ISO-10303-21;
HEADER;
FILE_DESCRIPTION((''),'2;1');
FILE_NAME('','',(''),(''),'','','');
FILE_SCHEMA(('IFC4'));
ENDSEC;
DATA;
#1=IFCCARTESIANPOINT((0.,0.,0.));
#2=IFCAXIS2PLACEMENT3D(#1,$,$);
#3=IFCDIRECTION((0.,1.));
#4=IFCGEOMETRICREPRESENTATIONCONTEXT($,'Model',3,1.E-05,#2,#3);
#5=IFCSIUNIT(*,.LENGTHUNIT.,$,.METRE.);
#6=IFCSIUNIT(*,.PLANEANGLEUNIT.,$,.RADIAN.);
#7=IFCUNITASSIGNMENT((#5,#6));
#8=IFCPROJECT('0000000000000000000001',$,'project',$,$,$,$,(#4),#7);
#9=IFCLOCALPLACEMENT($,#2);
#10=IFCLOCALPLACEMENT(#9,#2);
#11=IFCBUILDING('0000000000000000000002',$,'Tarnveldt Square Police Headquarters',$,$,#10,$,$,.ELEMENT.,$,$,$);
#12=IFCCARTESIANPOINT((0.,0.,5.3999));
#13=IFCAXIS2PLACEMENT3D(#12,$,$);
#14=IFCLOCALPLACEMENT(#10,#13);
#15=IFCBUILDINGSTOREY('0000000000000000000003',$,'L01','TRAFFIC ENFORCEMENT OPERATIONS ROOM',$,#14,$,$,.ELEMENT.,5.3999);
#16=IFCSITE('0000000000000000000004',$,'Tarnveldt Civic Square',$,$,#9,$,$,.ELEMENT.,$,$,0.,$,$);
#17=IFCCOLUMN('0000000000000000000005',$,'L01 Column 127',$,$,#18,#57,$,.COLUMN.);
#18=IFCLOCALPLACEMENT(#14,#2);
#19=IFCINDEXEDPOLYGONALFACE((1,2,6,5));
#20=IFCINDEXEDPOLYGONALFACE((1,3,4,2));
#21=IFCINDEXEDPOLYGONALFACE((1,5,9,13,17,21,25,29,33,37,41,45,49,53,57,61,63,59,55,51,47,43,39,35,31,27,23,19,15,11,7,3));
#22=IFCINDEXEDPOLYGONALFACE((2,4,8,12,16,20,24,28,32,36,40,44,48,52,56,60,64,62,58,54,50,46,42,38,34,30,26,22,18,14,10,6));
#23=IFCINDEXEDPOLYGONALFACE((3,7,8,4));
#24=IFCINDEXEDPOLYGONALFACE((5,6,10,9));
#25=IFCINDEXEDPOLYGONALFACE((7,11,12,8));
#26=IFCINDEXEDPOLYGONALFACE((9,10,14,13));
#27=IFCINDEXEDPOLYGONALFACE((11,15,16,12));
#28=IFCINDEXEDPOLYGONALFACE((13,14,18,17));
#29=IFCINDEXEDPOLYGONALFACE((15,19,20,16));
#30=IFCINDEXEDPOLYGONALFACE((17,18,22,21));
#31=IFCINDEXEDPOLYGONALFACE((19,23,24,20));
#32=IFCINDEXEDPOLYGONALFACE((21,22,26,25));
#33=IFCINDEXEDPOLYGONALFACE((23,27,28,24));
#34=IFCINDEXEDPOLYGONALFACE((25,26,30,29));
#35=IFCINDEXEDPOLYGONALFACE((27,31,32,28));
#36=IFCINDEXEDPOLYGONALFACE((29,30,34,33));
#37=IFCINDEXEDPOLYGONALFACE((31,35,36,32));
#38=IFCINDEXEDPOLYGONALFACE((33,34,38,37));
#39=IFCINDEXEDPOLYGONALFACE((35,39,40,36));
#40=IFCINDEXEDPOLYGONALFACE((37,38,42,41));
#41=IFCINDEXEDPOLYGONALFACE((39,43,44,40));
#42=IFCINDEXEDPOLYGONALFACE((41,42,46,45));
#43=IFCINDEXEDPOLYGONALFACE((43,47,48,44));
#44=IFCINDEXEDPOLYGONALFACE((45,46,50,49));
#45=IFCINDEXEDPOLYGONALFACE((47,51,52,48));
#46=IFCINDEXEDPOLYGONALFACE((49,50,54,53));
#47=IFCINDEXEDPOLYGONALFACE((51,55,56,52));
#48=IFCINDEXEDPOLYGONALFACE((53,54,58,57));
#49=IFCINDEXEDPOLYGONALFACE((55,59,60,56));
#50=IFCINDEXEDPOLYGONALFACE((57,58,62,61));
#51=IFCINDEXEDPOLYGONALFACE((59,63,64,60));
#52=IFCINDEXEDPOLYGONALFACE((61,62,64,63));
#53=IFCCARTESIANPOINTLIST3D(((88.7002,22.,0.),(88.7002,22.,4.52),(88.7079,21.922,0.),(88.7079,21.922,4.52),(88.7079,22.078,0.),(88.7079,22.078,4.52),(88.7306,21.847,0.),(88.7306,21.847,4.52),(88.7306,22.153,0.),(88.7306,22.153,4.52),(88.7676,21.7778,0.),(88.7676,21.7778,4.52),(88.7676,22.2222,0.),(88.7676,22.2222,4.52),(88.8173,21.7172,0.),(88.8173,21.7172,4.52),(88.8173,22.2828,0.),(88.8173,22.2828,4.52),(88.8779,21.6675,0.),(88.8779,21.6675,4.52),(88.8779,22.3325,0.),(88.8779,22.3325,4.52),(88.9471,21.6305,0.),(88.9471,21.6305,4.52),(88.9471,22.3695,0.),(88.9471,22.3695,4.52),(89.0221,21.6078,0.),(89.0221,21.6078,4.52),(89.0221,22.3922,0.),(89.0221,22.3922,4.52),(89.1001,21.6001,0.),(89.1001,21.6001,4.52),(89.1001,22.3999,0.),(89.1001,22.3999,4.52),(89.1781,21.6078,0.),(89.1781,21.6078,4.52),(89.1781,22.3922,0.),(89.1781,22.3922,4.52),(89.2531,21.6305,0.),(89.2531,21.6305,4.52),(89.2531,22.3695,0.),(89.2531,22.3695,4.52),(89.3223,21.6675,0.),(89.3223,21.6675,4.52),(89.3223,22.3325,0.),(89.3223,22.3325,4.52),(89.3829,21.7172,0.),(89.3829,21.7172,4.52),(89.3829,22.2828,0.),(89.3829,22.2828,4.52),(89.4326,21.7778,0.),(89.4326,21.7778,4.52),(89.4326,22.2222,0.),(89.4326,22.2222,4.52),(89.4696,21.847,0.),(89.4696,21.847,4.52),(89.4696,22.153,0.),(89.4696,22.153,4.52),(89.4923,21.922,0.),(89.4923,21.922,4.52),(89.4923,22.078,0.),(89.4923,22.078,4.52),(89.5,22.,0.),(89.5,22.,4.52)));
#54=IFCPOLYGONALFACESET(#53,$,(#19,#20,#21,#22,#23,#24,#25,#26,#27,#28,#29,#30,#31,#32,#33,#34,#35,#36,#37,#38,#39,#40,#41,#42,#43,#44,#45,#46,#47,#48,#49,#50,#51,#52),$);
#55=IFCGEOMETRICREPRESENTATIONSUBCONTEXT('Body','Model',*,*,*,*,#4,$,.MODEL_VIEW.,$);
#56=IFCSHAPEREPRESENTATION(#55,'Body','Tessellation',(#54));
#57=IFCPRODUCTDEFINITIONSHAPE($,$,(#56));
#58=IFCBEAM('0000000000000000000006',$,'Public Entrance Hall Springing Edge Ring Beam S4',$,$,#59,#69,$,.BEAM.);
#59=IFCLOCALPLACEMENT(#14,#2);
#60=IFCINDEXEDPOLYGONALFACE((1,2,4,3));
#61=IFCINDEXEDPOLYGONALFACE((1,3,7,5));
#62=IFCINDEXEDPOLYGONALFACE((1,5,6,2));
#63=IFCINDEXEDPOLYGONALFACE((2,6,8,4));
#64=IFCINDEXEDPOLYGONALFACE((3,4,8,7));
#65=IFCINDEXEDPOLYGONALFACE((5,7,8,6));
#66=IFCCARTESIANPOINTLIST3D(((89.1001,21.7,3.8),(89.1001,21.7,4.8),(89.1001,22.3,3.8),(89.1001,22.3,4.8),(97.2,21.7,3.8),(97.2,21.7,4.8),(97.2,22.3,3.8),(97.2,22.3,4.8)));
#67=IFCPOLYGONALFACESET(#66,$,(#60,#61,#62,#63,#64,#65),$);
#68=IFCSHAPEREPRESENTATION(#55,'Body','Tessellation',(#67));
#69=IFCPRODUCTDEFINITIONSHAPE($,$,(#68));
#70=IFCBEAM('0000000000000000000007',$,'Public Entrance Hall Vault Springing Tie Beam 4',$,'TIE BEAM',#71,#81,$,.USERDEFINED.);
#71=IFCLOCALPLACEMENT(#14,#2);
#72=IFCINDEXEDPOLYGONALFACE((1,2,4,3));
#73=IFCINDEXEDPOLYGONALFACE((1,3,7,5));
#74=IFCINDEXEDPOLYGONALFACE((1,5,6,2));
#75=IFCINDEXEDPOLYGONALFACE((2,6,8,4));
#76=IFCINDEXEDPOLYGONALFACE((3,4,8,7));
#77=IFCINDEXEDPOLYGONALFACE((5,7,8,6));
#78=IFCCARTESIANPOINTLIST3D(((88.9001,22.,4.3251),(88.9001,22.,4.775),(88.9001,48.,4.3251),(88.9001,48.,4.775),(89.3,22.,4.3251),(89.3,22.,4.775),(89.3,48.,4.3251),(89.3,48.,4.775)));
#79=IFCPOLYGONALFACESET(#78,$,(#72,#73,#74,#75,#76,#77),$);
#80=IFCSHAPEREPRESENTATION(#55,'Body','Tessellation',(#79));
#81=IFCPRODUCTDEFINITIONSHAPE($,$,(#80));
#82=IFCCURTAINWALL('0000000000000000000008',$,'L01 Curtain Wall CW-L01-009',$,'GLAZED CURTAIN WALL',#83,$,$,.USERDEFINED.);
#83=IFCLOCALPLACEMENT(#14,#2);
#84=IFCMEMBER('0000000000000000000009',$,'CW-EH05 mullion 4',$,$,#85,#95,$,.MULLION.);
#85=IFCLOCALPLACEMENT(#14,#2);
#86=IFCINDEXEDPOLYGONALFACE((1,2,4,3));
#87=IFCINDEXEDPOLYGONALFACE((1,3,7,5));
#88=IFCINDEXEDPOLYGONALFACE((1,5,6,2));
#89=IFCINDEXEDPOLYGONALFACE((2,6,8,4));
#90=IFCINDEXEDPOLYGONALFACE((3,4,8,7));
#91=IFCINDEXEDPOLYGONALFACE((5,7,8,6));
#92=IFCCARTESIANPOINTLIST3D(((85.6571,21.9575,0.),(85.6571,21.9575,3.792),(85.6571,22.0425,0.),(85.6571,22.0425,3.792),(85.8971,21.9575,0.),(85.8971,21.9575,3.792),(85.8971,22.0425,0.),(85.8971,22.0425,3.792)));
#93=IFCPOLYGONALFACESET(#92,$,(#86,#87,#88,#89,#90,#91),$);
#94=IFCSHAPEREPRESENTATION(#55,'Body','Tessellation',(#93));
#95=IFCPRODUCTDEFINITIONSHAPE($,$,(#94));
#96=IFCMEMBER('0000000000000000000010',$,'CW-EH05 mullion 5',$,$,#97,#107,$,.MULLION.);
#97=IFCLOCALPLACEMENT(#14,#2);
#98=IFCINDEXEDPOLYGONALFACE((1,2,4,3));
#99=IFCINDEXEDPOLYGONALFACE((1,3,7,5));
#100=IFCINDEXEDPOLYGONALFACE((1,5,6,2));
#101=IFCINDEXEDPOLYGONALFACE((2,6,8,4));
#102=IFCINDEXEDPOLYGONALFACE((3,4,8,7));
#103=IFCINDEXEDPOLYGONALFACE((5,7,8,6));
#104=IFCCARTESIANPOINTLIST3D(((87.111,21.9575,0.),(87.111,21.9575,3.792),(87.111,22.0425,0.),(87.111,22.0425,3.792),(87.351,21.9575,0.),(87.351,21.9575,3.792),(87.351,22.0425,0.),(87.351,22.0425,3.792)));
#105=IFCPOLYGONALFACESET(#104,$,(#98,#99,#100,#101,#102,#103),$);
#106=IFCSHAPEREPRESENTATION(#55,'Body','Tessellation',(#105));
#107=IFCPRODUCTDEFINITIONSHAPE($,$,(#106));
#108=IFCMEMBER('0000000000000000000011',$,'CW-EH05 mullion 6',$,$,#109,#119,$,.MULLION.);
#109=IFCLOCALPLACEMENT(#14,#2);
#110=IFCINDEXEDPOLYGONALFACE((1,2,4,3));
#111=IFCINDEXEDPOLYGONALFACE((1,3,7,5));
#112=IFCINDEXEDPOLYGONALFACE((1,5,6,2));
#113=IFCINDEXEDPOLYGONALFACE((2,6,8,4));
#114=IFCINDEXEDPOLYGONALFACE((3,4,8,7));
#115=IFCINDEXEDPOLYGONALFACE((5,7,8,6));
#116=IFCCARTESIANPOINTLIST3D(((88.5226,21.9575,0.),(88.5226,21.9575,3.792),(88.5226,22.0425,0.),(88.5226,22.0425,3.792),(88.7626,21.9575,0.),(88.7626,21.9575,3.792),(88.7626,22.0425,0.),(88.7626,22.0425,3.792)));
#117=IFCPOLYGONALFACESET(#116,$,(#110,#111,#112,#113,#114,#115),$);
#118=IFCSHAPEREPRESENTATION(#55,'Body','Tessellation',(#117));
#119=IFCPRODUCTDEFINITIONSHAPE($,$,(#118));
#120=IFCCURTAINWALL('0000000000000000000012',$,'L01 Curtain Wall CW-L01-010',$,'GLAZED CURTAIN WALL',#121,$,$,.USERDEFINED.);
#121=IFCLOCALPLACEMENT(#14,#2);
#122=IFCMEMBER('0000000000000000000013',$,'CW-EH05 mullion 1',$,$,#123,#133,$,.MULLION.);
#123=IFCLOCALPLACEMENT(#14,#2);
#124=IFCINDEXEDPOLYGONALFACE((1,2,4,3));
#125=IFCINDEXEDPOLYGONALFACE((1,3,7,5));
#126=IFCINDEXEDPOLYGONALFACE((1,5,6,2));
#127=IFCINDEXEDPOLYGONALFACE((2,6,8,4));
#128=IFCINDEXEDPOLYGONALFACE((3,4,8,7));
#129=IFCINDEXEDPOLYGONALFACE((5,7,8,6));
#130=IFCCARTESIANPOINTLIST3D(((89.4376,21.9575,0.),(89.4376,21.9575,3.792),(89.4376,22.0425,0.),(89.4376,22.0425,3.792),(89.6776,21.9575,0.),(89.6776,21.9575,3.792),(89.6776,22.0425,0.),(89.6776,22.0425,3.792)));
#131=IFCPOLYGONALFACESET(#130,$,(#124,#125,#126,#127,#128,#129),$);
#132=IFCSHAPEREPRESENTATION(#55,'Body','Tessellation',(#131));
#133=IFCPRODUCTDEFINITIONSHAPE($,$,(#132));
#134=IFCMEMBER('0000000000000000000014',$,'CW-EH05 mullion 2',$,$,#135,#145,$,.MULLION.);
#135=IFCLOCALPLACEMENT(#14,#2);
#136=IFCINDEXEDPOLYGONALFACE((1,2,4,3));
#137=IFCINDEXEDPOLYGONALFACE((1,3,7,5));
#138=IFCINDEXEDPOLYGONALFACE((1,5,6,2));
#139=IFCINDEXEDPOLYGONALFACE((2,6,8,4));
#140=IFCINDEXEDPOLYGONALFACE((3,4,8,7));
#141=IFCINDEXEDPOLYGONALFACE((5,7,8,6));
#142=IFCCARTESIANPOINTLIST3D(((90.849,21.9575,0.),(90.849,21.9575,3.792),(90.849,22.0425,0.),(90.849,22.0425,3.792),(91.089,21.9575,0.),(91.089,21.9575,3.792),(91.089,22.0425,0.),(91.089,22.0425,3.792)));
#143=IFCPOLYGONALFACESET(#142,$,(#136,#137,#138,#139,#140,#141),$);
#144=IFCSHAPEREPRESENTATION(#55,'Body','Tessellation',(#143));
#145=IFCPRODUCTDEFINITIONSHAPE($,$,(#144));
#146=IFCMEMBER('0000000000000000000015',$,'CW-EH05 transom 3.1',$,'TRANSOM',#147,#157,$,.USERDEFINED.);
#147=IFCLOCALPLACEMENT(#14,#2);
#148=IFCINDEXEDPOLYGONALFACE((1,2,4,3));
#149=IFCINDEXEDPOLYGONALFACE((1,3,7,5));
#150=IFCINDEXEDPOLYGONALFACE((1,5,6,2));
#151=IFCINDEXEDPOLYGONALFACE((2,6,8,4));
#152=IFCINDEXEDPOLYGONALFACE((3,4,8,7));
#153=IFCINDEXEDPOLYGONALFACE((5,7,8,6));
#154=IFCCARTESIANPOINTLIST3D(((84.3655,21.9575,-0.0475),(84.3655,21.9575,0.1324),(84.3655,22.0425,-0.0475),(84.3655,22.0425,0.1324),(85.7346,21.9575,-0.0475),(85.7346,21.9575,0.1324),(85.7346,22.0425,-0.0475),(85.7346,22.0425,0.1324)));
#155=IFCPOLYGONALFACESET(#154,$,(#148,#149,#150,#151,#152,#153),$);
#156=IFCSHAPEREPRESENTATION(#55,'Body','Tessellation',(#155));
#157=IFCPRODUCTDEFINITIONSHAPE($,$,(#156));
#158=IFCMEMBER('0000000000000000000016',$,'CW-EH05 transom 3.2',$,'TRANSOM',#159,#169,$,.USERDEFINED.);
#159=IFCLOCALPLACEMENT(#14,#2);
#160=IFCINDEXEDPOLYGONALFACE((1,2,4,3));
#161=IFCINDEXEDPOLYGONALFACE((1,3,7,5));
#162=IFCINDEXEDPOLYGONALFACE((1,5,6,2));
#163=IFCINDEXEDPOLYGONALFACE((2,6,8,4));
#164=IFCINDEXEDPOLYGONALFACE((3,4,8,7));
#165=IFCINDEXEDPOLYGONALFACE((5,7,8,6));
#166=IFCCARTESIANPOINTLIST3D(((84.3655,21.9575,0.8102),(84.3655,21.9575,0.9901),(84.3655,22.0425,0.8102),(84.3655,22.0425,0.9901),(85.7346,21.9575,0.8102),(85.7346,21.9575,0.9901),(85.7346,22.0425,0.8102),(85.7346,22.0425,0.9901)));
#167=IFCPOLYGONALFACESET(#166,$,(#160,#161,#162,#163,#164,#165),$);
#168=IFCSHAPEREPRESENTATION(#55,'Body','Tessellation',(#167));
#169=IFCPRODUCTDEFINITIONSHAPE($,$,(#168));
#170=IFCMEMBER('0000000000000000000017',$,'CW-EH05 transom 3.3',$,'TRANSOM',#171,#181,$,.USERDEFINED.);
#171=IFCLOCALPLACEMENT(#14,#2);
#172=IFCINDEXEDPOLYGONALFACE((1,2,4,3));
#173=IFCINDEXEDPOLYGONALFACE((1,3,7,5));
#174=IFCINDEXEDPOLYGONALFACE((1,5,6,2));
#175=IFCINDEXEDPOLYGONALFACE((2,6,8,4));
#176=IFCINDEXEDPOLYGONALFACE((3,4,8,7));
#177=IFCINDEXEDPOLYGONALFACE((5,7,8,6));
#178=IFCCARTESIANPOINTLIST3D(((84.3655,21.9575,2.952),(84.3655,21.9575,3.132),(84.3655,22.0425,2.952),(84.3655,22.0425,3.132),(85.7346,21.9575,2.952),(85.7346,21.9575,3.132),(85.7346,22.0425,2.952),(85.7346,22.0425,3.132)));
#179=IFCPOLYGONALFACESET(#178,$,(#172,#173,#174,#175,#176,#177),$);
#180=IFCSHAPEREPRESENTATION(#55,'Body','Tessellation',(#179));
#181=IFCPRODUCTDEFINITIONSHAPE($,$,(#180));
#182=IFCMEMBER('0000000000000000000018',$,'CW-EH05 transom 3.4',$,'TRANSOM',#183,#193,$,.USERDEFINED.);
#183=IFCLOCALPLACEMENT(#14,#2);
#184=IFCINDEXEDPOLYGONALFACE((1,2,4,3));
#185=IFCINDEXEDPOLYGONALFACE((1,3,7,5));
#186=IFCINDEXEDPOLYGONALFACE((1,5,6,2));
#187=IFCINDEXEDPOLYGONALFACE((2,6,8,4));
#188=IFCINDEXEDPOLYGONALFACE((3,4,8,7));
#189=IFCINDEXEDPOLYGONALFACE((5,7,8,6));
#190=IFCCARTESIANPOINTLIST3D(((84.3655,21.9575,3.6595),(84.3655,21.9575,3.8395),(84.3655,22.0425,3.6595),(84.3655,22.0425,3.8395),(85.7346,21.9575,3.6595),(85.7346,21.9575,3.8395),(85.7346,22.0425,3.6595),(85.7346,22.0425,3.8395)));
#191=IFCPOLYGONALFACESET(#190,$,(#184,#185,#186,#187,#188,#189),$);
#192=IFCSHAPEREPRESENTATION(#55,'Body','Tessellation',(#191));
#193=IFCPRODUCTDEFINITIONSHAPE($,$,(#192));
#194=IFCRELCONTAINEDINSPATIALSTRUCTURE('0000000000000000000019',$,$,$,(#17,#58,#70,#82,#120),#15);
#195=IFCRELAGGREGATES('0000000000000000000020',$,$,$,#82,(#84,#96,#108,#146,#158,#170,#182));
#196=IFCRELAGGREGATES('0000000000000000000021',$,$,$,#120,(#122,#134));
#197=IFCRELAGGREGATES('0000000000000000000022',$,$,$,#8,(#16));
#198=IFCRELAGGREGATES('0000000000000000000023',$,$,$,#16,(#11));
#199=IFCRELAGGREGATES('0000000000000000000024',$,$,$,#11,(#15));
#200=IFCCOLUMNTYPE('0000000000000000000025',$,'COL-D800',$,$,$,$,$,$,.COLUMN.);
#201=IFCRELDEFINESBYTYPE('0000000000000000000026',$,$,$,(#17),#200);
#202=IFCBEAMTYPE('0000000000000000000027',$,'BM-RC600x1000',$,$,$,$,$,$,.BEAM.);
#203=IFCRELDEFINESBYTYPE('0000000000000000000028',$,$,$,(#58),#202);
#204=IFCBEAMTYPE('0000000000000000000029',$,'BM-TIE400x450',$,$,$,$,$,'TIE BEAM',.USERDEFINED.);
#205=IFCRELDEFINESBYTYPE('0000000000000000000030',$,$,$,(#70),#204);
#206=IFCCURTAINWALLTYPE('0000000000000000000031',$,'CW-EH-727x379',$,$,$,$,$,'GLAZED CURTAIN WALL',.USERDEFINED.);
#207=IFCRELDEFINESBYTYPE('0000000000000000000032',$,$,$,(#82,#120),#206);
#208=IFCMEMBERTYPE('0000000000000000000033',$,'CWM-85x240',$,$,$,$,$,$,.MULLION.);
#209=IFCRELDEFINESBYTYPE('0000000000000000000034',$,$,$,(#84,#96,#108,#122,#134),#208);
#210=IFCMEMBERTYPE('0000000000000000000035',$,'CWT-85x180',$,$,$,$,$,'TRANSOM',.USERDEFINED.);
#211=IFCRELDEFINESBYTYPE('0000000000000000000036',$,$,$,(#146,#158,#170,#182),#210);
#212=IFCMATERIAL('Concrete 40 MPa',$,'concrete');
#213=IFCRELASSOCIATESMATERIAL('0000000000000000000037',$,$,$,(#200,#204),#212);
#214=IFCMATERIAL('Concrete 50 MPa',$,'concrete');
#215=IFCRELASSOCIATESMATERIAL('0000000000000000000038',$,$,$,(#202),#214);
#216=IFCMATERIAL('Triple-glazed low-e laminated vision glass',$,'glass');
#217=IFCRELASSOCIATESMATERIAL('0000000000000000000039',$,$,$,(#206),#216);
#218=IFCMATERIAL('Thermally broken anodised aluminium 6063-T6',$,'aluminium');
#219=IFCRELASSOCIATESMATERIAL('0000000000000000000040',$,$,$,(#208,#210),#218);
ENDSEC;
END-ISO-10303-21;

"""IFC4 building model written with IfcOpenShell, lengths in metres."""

from ifc_helpers import new_model, si_unit, direction, frame, origin, origin_2d, place, context, subcontext, project, spatial, rectangle, circle, extrude, material, material_profile, profile_set, type_object, element, aggregate, save


model = new_model("IFC4")

# Units and contexts
model_context = context("Model", 3, precision=1e-05, world=origin(), true_north=direction((0.0, 1.0)))
body_context = subcontext(model_context, "Body", "Model", "MODEL_VIEW")
ifc_project = project(units=[si_unit("LENGTHUNIT", "METRE"), si_unit("PLANEANGLEUNIT", "RADIAN")], contexts=[model_context])

# Site, building, storey
site_placement = place(None, origin())
site = spatial("IfcSite", under=ifc_project, at=site_placement, Name="Tarnveldt Civic Square", CompositionType="ELEMENT", RefElevation=0.0)
building_placement = place(site_placement, origin())
building = spatial("IfcBuilding", under=site, at=building_placement, Name="Tarnveldt Square Police Headquarters", CompositionType="ELEMENT")
storey_placement = place(building_placement, frame((0.0, 0.0, 5.3999)))
storey = spatial("IfcBuildingStorey", under=building, at=storey_placement, Name="L01", Description="TRAFFIC ENFORCEMENT OPERATIONS ROOM", CompositionType="ELEMENT", Elevation=5.3999)

# Column
ifc_material_1 = material(Name="Concrete 40 MPa", Category="concrete")
ifc_material_profile_1 = material_profile(ifc_material_1, circle(Radius=0.3999, at=origin_2d()), Name="RC-D800")
ifc_profile_set_1 = profile_set([ifc_material_profile_1], Name="Concrete 40 MPa")
column_type = type_object("IfcColumnType", Name="COL-D800", PredefinedType="COLUMN", material=ifc_profile_set_1)
column_placement = place(storey_placement, frame((89.1001, 22.0, 0.0), z_axis=(0.0, 0.0, 1.0), x_axis=(1.0, 0.0, 0.0)))
element("IfcColumn", 1, at=column_placement, inside=storey, type_object=column_type, Name="L01 Column 127", PredefinedType="COLUMN", context=body_context, shape_type="SweptSolid", body=[
    extrude(circle(Radius=0.3999, at=origin_2d()), origin(), (0.0, 0.0, 1.0), 4.52),
])

# Beams
ifc_material_2 = material(Name="Concrete 50 MPa", Category="concrete")
ifc_material_profile_2 = material_profile(ifc_material_2, rectangle(XDim=0.6001, YDim=1.0, at=origin_2d()), Name="RC-B600x1000")
ifc_profile_set_2 = profile_set([ifc_material_profile_2], Name="Concrete 50 MPa")
beam_type_1 = type_object("IfcBeamType", Name="BM-RC600x1000", PredefinedType="BEAM", material=ifc_profile_set_2)
beam_1_placement = place(storey_placement, frame((89.1001, 22.0, 4.3), z_axis=(1.0, 0.0, 0.0), x_axis=(0.0, 1.0, 0.0)))
element("IfcBeam", 2, at=beam_1_placement, inside=storey, type_object=beam_type_1, Name="Public Entrance Hall Springing Edge Ring Beam S4", PredefinedType="BEAM", context=body_context, shape_type="SweptSolid", body=[
    extrude(rectangle(XDim=0.6001, YDim=1.0, at=origin_2d()), origin(), (0.0, 0.0, 1.0), 8.0999),
])
ifc_material_profile_3 = material_profile(ifc_material_1, rectangle(XDim=0.3999, YDim=0.45, at=origin_2d()), Name="RC-TIE400x450")
ifc_profile_set_3 = profile_set([ifc_material_profile_3], Name="Concrete 40 MPa")
beam_type_2 = type_object("IfcBeamType", Name="BM-TIE400x450", ElementType="TIE BEAM", PredefinedType="USERDEFINED", material=ifc_profile_set_3)
beam_2_placement = place(storey_placement, frame((89.1001, 22.0, 4.55), z_axis=(0.0, 1.0, 0.0), x_axis=(-1.0, 0.0, 0.0)))
element("IfcBeam", 3, at=beam_2_placement, inside=storey, type_object=beam_type_2, Name="Public Entrance Hall Vault Springing Tie Beam 4", ObjectType="TIE BEAM", PredefinedType="USERDEFINED", context=body_context, shape_type="SweptSolid", body=[
    extrude(rectangle(XDim=0.3999, YDim=0.45, at=origin_2d()), origin(), (0.0, 0.0, 1.0), 26.0),
])

# Curtain walls, members
ifc_material_3 = material(Name="Triple-glazed low-e laminated vision glass", Category="glass")
curtain_wall_type = type_object("IfcCurtainWallType", Name="CW-EH-727x379", ElementType="GLAZED CURTAIN WALL", PredefinedType="USERDEFINED", material=ifc_material_3)
curtain_wall_1_placement = place(storey_placement, origin())
curtain_wall_1 = element("IfcCurtainWall", 4, at=curtain_wall_1_placement, inside=storey, type_object=curtain_wall_type, Name="L01 Curtain Wall CW-L01-009", ObjectType="GLAZED CURTAIN WALL", PredefinedType="USERDEFINED")
ifc_material_4 = material(Name="Thermally broken anodised aluminium 6063-T6", Category="aluminium")
ifc_material_profile_4 = material_profile(ifc_material_4, rectangle(XDim=0.085, YDim=0.24, at=origin_2d()), Name="CW-M85x240")
ifc_profile_set_4 = profile_set([ifc_material_profile_4], Name="Thermally broken anodised aluminium 6063-T6")
member_type_1 = type_object("IfcMemberType", Name="CWM-85x240", PredefinedType="MULLION", material=ifc_profile_set_4)
member_1_placement = place(storey_placement, frame((85.7771, 22.0, 0.0), z_axis=(0.0, 0.0, 1.0), x_axis=(0.0, 1.0, 0.0)))
member_1 = element("IfcMember", 5, at=member_1_placement, type_object=member_type_1, Name="CW-EH05 mullion 4", PredefinedType="MULLION", context=body_context, shape_type="SweptSolid", body=[
    extrude(rectangle(XDim=0.085, YDim=0.24, at=origin_2d()), origin(), (0.0, 0.0, 1.0), 3.792),
])
member_2_placement = place(storey_placement, frame((87.231, 22.0, 0.0), z_axis=(0.0, 0.0, 1.0), x_axis=(0.0, 1.0, 0.0)))
member_2 = element("IfcMember", 6, at=member_2_placement, type_object=member_type_1, Name="CW-EH05 mullion 5", PredefinedType="MULLION", context=body_context, shape_type="SweptSolid", body=[
    extrude(rectangle(XDim=0.085, YDim=0.24, at=origin_2d()), origin(), (0.0, 0.0, 1.0), 3.792),
])
member_3_placement = place(storey_placement, frame((88.6426, 22.0, 0.0), z_axis=(0.0, 0.0, 1.0), x_axis=(0.0, 1.0, 0.0)))
member_3 = element("IfcMember", 7, at=member_3_placement, type_object=member_type_1, Name="CW-EH05 mullion 6", PredefinedType="MULLION", context=body_context, shape_type="SweptSolid", body=[
    extrude(rectangle(XDim=0.085, YDim=0.24, at=origin_2d()), origin(), (0.0, 0.0, 1.0), 3.792),
])
curtain_wall_2_placement = place(storey_placement, origin())
curtain_wall_2 = element("IfcCurtainWall", 8, at=curtain_wall_2_placement, inside=storey, type_object=curtain_wall_type, Name="L01 Curtain Wall CW-L01-010", ObjectType="GLAZED CURTAIN WALL", PredefinedType="USERDEFINED")
member_4_placement = place(storey_placement, frame((89.5576, 22.0, 0.0), z_axis=(0.0, 0.0, 1.0), x_axis=(0.0, 1.0, 0.0)))
member_4 = element("IfcMember", 9, at=member_4_placement, type_object=member_type_1, Name="CW-EH05 mullion 1", PredefinedType="MULLION", context=body_context, shape_type="SweptSolid", body=[
    extrude(rectangle(XDim=0.085, YDim=0.24, at=origin_2d()), origin(), (0.0, 0.0, 1.0), 3.792),
])
member_5_placement = place(storey_placement, frame((90.969, 22.0, 0.0), z_axis=(0.0, 0.0, 1.0), x_axis=(0.0, 1.0, 0.0)))
member_5 = element("IfcMember", 10, at=member_5_placement, type_object=member_type_1, Name="CW-EH05 mullion 2", PredefinedType="MULLION", context=body_context, shape_type="SweptSolid", body=[
    extrude(rectangle(XDim=0.085, YDim=0.24, at=origin_2d()), origin(), (0.0, 0.0, 1.0), 3.792),
])

# Members
ifc_material_profile_5 = material_profile(ifc_material_4, rectangle(XDim=0.085, YDim=0.1799, at=origin_2d()), Name="CW-T85x180")
ifc_profile_set_5 = profile_set([ifc_material_profile_5], Name="Thermally broken anodised aluminium 6063-T6")
member_type_2 = type_object("IfcMemberType", Name="CWT-85x180", ElementType="TRANSOM", PredefinedType="USERDEFINED", material=ifc_profile_set_5)
member_6_placement = place(storey_placement, frame((84.3655, 22.0, 0.0425), z_axis=(1.0, 0.0, 0.0), x_axis=(0.0, 1.0, 0.0)))
member_6 = element("IfcMember", 11, at=member_6_placement, type_object=member_type_2, Name="CW-EH05 transom 3.1", ObjectType="TRANSOM", PredefinedType="USERDEFINED", context=body_context, shape_type="SweptSolid", body=[
    extrude(rectangle(XDim=0.085, YDim=0.1799, at=origin_2d()), origin(), (0.0, 0.0, 1.0), 1.3691),
])
member_7_placement = place(storey_placement, frame((84.3655, 22.0, 0.9001), z_axis=(1.0, 0.0, 0.0), x_axis=(0.0, 1.0, 0.0)))
member_7 = element("IfcMember", 12, at=member_7_placement, type_object=member_type_2, Name="CW-EH05 transom 3.2", ObjectType="TRANSOM", PredefinedType="USERDEFINED", context=body_context, shape_type="SweptSolid", body=[
    extrude(rectangle(XDim=0.085, YDim=0.1799, at=origin_2d()), origin(), (0.0, 0.0, 1.0), 1.3691),
])
member_8_placement = place(storey_placement, frame((84.3655, 22.0, 3.042), z_axis=(1.0, 0.0, 0.0), x_axis=(0.0, 1.0, 0.0)))
member_8 = element("IfcMember", 13, at=member_8_placement, type_object=member_type_2, Name="CW-EH05 transom 3.3", ObjectType="TRANSOM", PredefinedType="USERDEFINED", context=body_context, shape_type="SweptSolid", body=[
    extrude(rectangle(XDim=0.085, YDim=0.1799, at=origin_2d()), origin(), (0.0, 0.0, 1.0), 1.3691),
])
member_9_placement = place(storey_placement, frame((84.3655, 22.0, 3.7495), z_axis=(1.0, 0.0, 0.0), x_axis=(0.0, 1.0, 0.0)))
member_9 = element("IfcMember", 14, at=member_9_placement, type_object=member_type_2, Name="CW-EH05 transom 3.4", ObjectType="TRANSOM", PredefinedType="USERDEFINED", context=body_context, shape_type="SweptSolid", body=[
    extrude(rectangle(XDim=0.085, YDim=0.1799, at=origin_2d()), origin(), (0.0, 0.0, 1.0), 1.3691),
])

aggregate(curtain_wall_1, [member_1, member_2, member_3, member_6, member_7, member_8, member_9])
aggregate(curtain_wall_2, [member_4, member_5])

save(model, "model.ifc")
